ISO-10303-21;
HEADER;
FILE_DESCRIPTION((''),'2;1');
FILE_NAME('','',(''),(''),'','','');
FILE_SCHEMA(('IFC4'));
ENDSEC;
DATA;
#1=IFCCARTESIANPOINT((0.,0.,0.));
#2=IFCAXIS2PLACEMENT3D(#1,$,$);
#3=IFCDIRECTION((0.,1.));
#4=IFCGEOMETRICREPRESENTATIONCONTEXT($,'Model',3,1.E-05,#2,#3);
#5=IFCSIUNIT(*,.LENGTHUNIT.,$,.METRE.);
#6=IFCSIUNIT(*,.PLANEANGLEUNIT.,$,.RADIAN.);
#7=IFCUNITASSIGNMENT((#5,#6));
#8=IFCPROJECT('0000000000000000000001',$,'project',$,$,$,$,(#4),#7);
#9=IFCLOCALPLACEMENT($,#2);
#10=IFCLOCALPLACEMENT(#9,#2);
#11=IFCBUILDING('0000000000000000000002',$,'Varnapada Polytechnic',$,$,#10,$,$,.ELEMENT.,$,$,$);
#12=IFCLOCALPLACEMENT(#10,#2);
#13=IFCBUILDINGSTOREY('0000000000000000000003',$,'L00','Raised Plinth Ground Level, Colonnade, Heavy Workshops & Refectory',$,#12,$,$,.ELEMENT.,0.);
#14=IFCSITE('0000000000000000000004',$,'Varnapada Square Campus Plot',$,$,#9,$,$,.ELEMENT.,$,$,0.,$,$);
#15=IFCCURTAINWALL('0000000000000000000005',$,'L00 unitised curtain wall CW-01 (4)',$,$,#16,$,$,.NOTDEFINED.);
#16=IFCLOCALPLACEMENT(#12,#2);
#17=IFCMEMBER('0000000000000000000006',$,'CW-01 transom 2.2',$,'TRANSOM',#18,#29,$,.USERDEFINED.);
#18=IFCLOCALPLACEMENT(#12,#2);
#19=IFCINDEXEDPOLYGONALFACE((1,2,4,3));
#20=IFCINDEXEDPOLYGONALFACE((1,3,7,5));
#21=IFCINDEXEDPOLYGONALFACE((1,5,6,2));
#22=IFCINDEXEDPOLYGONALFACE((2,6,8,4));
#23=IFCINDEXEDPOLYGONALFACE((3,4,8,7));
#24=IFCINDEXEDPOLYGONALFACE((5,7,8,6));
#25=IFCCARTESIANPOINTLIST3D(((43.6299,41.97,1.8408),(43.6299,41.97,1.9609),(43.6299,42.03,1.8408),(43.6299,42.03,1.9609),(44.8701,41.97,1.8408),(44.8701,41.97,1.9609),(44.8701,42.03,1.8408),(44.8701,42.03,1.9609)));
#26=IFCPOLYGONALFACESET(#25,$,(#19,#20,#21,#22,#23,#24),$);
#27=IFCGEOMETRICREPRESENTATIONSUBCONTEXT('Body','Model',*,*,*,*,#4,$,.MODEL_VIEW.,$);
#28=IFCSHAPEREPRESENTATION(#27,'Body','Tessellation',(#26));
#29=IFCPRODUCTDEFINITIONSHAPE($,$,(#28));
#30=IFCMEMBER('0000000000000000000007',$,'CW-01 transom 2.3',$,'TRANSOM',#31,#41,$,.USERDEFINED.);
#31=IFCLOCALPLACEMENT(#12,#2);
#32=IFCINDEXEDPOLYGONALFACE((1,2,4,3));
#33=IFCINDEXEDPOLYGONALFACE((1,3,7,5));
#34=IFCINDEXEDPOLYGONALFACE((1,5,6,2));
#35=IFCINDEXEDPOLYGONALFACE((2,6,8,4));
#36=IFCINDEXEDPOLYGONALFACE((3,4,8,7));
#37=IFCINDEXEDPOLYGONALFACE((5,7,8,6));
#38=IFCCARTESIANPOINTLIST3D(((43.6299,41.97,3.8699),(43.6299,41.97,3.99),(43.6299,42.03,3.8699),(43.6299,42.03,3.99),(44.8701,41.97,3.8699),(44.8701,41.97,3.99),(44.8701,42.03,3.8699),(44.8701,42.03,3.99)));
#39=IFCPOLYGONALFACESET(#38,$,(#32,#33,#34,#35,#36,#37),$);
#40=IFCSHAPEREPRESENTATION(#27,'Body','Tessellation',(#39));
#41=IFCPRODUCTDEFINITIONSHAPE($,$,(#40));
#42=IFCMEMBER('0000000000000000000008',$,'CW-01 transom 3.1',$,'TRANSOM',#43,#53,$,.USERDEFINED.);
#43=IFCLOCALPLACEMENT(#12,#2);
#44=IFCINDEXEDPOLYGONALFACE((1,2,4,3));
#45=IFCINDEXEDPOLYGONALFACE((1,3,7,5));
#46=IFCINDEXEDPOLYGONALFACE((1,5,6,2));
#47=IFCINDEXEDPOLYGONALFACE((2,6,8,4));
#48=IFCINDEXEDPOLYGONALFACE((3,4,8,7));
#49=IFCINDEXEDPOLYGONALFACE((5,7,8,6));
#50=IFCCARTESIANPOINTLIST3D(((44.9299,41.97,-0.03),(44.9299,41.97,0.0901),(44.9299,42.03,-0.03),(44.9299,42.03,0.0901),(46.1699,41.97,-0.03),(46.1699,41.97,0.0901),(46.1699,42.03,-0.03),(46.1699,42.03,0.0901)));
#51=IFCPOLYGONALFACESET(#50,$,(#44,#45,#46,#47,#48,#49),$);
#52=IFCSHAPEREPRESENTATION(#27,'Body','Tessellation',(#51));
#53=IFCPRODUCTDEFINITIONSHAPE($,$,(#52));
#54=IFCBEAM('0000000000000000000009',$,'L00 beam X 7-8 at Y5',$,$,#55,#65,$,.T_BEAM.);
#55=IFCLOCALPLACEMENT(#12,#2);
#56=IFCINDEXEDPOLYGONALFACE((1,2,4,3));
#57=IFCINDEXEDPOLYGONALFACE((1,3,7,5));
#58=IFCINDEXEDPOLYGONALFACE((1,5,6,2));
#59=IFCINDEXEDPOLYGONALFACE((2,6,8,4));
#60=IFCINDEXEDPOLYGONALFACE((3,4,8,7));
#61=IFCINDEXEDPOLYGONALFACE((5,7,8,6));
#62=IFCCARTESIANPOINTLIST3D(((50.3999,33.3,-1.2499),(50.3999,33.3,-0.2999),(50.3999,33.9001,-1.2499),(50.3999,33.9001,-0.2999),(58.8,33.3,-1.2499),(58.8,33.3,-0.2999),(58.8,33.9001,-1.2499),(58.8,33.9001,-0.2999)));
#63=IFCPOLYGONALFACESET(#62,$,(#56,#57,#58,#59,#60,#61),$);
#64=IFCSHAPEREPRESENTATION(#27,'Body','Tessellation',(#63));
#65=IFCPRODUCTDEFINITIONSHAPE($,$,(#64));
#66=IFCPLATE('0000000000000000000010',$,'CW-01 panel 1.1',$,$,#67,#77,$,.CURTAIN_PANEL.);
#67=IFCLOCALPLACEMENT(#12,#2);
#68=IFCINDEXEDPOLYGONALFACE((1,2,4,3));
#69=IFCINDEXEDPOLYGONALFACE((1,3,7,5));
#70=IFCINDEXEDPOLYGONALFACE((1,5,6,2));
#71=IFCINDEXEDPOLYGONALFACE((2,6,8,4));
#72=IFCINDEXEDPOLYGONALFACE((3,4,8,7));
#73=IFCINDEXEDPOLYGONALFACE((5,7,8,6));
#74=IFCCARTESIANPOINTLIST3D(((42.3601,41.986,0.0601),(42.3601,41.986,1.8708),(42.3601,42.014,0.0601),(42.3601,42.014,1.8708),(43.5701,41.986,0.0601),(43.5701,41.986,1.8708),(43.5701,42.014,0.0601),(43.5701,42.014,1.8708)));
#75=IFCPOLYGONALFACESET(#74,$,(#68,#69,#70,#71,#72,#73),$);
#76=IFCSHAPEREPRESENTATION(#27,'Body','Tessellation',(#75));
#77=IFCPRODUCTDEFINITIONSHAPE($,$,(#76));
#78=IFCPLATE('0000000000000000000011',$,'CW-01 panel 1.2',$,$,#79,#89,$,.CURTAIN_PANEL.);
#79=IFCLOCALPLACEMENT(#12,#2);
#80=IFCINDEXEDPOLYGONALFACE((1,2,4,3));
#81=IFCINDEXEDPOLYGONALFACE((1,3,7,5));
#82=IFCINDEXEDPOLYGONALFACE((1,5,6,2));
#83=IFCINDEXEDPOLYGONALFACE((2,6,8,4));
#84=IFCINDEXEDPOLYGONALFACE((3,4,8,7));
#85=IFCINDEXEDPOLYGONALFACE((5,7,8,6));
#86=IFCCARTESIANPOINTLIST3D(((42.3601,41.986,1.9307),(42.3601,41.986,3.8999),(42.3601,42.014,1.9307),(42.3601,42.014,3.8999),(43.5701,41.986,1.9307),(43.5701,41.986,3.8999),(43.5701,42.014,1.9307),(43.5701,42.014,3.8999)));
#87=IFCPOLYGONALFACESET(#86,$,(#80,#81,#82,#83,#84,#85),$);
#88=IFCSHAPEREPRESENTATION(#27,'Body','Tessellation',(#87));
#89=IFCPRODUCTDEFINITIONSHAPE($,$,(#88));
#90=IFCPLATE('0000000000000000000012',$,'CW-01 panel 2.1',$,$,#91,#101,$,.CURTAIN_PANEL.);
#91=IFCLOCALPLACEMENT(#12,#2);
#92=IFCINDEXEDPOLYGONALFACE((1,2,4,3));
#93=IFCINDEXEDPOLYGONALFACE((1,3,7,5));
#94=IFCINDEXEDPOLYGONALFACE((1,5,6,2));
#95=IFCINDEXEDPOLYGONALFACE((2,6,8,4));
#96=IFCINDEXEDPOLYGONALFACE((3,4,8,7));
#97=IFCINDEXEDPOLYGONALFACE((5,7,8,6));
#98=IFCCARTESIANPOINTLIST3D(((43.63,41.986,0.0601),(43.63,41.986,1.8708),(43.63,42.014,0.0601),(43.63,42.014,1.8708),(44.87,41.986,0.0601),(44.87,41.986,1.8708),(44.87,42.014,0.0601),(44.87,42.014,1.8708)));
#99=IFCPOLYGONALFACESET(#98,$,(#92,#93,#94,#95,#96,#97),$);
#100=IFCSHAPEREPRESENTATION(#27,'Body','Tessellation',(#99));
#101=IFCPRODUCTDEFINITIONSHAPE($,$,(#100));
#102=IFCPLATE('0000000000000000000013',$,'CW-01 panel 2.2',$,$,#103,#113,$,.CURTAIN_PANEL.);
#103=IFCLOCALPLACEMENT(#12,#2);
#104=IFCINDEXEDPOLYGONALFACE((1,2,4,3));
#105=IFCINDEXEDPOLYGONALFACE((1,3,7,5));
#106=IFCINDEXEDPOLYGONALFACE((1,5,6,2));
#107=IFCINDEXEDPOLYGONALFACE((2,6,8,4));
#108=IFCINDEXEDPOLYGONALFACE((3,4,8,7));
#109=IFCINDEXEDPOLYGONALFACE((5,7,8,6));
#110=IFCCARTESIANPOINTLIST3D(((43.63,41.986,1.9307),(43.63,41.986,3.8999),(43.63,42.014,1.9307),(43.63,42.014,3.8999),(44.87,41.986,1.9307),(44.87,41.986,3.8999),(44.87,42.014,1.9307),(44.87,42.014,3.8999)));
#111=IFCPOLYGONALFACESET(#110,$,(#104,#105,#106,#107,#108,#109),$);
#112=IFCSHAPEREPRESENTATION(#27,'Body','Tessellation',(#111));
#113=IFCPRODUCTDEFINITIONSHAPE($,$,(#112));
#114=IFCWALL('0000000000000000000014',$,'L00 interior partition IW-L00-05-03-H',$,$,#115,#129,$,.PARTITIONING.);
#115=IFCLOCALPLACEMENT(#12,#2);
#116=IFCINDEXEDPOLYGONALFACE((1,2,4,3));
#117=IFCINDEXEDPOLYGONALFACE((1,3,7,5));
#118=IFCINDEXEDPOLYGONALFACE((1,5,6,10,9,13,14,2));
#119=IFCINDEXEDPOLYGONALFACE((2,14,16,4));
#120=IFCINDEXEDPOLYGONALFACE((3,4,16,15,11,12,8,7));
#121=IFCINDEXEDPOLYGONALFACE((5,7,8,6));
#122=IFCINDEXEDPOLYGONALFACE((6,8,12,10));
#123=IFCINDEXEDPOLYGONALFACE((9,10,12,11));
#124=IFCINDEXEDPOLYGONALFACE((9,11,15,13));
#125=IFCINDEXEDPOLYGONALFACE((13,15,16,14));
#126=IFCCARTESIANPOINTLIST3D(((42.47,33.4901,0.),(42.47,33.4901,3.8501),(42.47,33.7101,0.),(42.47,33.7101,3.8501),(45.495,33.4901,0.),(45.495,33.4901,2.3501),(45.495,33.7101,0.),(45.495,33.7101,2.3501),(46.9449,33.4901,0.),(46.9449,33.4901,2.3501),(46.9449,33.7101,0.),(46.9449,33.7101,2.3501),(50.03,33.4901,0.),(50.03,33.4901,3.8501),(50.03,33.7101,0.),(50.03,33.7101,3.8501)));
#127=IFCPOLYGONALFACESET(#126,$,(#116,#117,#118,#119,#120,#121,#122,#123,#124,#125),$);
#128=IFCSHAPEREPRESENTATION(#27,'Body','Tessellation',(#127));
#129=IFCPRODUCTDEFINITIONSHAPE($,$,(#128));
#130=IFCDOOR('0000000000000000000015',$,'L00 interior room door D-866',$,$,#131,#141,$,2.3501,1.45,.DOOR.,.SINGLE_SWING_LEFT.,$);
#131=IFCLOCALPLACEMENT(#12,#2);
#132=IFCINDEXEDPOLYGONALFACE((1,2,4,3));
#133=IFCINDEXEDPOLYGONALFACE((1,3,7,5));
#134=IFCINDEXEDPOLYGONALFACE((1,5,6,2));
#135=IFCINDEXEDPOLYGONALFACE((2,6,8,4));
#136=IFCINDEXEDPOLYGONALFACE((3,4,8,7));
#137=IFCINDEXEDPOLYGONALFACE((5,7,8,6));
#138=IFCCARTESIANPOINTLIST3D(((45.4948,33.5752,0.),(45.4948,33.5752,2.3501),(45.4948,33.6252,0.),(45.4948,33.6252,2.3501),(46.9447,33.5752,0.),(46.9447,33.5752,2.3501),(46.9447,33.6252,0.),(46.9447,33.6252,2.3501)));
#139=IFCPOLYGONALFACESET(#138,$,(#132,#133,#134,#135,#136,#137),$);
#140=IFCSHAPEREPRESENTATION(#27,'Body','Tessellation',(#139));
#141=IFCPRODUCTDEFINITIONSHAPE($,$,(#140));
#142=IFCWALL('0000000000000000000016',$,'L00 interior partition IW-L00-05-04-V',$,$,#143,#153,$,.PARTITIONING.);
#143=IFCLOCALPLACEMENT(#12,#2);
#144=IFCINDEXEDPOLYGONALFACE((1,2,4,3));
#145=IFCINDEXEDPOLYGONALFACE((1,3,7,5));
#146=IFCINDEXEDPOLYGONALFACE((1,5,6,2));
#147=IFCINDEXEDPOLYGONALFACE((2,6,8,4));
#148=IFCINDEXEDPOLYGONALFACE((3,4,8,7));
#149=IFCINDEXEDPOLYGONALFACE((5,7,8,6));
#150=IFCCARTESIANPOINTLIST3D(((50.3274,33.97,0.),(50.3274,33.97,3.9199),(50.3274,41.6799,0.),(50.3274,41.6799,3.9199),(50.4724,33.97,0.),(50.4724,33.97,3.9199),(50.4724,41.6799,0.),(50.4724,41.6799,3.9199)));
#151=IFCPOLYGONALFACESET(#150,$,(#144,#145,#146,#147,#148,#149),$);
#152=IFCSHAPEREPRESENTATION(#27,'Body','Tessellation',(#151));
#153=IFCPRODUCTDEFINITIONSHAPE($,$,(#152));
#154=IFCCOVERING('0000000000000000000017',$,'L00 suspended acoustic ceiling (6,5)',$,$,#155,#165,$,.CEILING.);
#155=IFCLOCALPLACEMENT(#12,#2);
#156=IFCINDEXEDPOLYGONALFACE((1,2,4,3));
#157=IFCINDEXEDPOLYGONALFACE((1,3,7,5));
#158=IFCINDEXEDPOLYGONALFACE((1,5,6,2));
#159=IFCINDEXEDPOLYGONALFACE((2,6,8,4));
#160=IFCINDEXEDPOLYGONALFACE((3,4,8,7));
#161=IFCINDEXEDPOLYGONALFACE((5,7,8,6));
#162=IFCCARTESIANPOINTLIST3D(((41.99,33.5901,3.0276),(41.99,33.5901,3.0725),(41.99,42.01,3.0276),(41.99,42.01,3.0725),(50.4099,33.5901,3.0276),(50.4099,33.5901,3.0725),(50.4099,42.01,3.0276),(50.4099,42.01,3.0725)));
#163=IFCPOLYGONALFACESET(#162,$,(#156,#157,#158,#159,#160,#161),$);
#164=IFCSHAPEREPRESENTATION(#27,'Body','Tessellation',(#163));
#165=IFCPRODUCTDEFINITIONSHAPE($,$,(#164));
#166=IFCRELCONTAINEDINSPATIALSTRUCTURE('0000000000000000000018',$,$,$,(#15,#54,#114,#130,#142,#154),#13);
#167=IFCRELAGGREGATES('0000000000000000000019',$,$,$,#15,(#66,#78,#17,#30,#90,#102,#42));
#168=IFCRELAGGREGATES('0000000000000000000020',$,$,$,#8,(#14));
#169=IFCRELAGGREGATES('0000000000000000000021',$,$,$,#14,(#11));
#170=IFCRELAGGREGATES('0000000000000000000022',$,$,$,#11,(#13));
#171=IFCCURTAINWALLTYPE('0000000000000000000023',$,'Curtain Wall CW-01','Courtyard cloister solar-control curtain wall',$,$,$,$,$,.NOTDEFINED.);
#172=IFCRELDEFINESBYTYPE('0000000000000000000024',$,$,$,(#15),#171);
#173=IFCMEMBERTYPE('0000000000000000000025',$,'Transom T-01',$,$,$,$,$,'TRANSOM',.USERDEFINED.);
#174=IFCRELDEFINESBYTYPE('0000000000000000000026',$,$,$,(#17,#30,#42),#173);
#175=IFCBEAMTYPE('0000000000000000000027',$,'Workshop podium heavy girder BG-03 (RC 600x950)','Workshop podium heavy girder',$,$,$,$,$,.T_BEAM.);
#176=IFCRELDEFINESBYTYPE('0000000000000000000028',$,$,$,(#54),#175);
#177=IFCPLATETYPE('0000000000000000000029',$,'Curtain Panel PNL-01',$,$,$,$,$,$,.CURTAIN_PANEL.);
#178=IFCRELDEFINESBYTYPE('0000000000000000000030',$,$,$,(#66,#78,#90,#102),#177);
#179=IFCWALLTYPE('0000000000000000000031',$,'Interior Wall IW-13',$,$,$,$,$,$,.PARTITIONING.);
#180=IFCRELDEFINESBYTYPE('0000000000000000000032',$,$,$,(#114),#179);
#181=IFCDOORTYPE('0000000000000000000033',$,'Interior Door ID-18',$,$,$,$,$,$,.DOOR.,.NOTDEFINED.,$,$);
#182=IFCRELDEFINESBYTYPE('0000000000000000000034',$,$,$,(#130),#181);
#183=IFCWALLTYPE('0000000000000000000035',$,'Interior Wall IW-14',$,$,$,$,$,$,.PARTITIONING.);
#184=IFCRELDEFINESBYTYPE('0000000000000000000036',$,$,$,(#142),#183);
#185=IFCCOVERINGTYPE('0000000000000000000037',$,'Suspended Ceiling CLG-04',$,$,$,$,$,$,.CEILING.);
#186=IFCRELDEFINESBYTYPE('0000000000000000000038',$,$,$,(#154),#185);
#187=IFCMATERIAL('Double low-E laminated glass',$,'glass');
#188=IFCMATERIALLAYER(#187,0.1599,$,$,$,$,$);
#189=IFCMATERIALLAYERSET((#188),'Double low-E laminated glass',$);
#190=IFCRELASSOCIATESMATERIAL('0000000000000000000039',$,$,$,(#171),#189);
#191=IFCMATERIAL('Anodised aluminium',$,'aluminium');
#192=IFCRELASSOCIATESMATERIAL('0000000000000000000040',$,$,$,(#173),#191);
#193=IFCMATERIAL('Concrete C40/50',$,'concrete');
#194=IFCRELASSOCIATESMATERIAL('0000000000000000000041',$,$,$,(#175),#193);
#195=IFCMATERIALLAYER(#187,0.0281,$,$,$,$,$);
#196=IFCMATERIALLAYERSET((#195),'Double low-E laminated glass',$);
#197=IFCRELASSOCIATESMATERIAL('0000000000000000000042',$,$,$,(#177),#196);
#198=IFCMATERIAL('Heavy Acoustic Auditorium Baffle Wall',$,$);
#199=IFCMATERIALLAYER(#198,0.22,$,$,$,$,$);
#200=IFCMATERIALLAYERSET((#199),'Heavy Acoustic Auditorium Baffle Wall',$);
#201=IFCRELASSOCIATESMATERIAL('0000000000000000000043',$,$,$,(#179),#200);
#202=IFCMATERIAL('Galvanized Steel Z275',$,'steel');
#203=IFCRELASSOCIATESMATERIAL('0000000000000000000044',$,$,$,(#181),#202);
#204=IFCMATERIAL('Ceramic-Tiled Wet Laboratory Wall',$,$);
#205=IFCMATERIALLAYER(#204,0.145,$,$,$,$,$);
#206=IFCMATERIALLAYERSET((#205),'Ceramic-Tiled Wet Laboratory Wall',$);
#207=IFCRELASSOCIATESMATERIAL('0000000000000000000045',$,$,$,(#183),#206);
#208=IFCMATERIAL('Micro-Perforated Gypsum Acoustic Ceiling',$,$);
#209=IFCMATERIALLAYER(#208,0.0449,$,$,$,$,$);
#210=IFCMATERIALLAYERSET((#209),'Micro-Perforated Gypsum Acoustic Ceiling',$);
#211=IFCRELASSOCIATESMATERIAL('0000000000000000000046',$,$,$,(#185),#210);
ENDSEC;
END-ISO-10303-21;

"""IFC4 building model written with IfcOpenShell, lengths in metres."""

from ifc_helpers import new_model, si_unit, direction, frame, frame_2d, origin, origin_2d, place, context, subcontext, project, spatial, rectangle, extrude, material, layer, layer_set, material_profile, profile_set, type_object, element, fill, aggregate, save


model = new_model("IFC4")

# Units and contexts
model_context = context("Model", 3, precision=1e-05, world=origin(), true_north=direction((0.0, 1.0)))
body_context = subcontext(model_context, "Body", "Model", "MODEL_VIEW")
ifc_project = project(units=[si_unit("LENGTHUNIT", "METRE"), si_unit("PLANEANGLEUNIT", "RADIAN")], contexts=[model_context])

# Site, building, storey
site_placement = place(None, origin())
site = spatial("IfcSite", under=ifc_project, at=site_placement, Name="Varnapada Square Campus Plot", CompositionType="ELEMENT", RefElevation=0.0)
building_placement = place(site_placement, origin())
building = spatial("IfcBuilding", under=site, at=building_placement, Name="Varnapada Polytechnic", CompositionType="ELEMENT")
storey_placement = place(building_placement, origin())
storey = spatial("IfcBuildingStorey", under=building, at=storey_placement, Name="L00", Description="Raised Plinth Ground Level, Colonnade, Heavy Workshops & Refectory", CompositionType="ELEMENT", Elevation=0.0)

# Shared definitions
ifc_material_1 = material(Name="Concrete C40/50", Category="concrete")

# Curtain wall
ifc_material_2 = material(Name="Double low-E laminated glass", Category="glass")
ifc_layer_1 = layer(ifc_material_2, 0.1599)
ifc_layer_set_1 = layer_set([ifc_layer_1], Name="Double low-E laminated glass")
curtain_wall_type = type_object("IfcCurtainWallType", Name="Curtain Wall CW-01", Description="Courtyard cloister solar-control curtain wall", PredefinedType="NOTDEFINED", material=ifc_layer_set_1)
curtain_wall_placement = place(storey_placement, origin())
curtain_wall = element("IfcCurtainWall", 1, at=curtain_wall_placement, inside=storey, type_object=curtain_wall_type, Name="L00 unitised curtain wall CW-01 (4)", PredefinedType="NOTDEFINED")
ifc_material_3 = material(Name="Anodised aluminium", Category="aluminium")

# Members
ifc_material_profile_1 = material_profile(ifc_material_3, rectangle(XDim=0.0601, YDim=0.1201, at=origin_2d()), Name="ALU T60x120")
ifc_profile_set_1 = profile_set([ifc_material_profile_1], Name="Anodised aluminium")
member_type_1 = type_object("IfcMemberType", Name="Transom T-01", ElementType="TRANSOM", PredefinedType="USERDEFINED", material=ifc_profile_set_1)
member_1_placement = place(storey_placement, frame((43.6299, 42.0, 1.9009), z_axis=(1.0, 0.0, 0.0), x_axis=(0.0, 1.0, 0.0)))
member_1 = element("IfcMember", 2, at=member_1_placement, type_object=member_type_1, Name="CW-01 transom 2.2", ObjectType="TRANSOM", PredefinedType="USERDEFINED", context=body_context, shape_type="SweptSolid", body=[
    extrude(rectangle(XDim=0.0601, YDim=0.1201, at=origin_2d()), origin(), (0.0, 0.0, 1.0), 1.2402),
])
member_2_placement = place(storey_placement, frame((43.6299, 42.0, 3.9299), z_axis=(1.0, 0.0, 0.0), x_axis=(0.0, 1.0, 0.0)))
member_2 = element("IfcMember", 3, at=member_2_placement, type_object=member_type_1, Name="CW-01 transom 2.3", ObjectType="TRANSOM", PredefinedType="USERDEFINED", context=body_context, shape_type="SweptSolid", body=[
    extrude(rectangle(XDim=0.0601, YDim=0.1201, at=origin_2d()), origin(), (0.0, 0.0, 1.0), 1.2402),
])
member_3_placement = place(storey_placement, frame((44.9299, 42.0, 0.03), z_axis=(1.0, 0.0, 0.0), x_axis=(0.0, 1.0, 0.0)))
member_3 = element("IfcMember", 4, at=member_3_placement, type_object=member_type_1, Name="CW-01 transom 3.1", ObjectType="TRANSOM", PredefinedType="USERDEFINED", context=body_context, shape_type="SweptSolid", body=[
    extrude(rectangle(XDim=0.0601, YDim=0.1201, at=origin_2d()), origin(), (0.0, 0.0, 1.0), 1.24),
])

# Beam
ifc_material_profile_2 = material_profile(ifc_material_1, rectangle(XDim=0.6001, YDim=0.95, at=origin_2d()), Name="RC 600x950")
ifc_profile_set_2 = profile_set([ifc_material_profile_2], Name="Concrete C40/50")
beam_type_1 = type_object("IfcBeamType", Name="Workshop podium heavy girder BG-03 (RC 600x950)", Description="Workshop podium heavy girder", PredefinedType="T_BEAM", material=ifc_profile_set_2)
beam_1_placement = place(storey_placement, frame((50.3999, 33.6001, -0.7749), z_axis=(1.0, 0.0, 0.0), x_axis=(0.0, 1.0, 0.0)))
element("IfcBeam", 5, at=beam_1_placement, inside=storey, type_object=beam_type_1, Name="L00 beam X 7-8 at Y5", PredefinedType="T_BEAM", context=body_context, shape_type="SweptSolid", body=[
    extrude(rectangle(XDim=0.6001, YDim=0.95, at=origin_2d()), origin(), (0.0, 0.0, 1.0), 8.4001),
])

# Plates
ifc_layer_2 = layer(ifc_material_2, 0.0281)
ifc_layer_set_2 = layer_set([ifc_layer_2], Name="Double low-E laminated glass")
plate_type = type_object("IfcPlateType", Name="Curtain Panel PNL-01", PredefinedType="CURTAIN_PANEL", material=ifc_layer_set_2)
plate_1_placement = place(storey_placement, frame((42.9651, 42.0, 0.0601), z_axis=(0.0, 0.0, 1.0), x_axis=(1.0, 0.0, 0.0)))
plate_1 = element("IfcPlate", 6, at=plate_1_placement, type_object=plate_type, Name="CW-01 panel 1.1", PredefinedType="CURTAIN_PANEL", context=body_context, shape_type="SweptSolid", body=[
    extrude(rectangle(XDim=1.21, YDim=0.0281, at=origin_2d()), origin(), (0.0, 0.0, 1.0), 1.8108),
])
plate_2_placement = place(storey_placement, frame((42.9651, 42.0, 1.9307), z_axis=(0.0, 0.0, 1.0), x_axis=(1.0, 0.0, 0.0)))
plate_2 = element("IfcPlate", 7, at=plate_2_placement, type_object=plate_type, Name="CW-01 panel 1.2", PredefinedType="CURTAIN_PANEL", context=body_context, shape_type="SweptSolid", body=[
    extrude(rectangle(XDim=1.21, YDim=0.0281, at=origin_2d()), origin(), (0.0, 0.0, 1.0), 1.9692),
])
plate_3_placement = place(storey_placement, frame((44.25, 42.0, 0.0601), z_axis=(0.0, 0.0, 1.0), x_axis=(1.0, 0.0, 0.0)))
plate_3 = element("IfcPlate", 8, at=plate_3_placement, type_object=plate_type, Name="CW-01 panel 2.1", PredefinedType="CURTAIN_PANEL", context=body_context, shape_type="SweptSolid", body=[
    extrude(rectangle(XDim=1.24, YDim=0.0281, at=origin_2d()), origin(), (0.0, 0.0, 1.0), 1.8108),
])
plate_4_placement = place(storey_placement, frame((44.25, 42.0, 1.9307), z_axis=(0.0, 0.0, 1.0), x_axis=(1.0, 0.0, 0.0)))
plate_4 = element("IfcPlate", 9, at=plate_4_placement, type_object=plate_type, Name="CW-01 panel 2.2", PredefinedType="CURTAIN_PANEL", context=body_context, shape_type="SweptSolid", body=[
    extrude(rectangle(XDim=1.24, YDim=0.0281, at=origin_2d()), origin(), (0.0, 0.0, 1.0), 1.9692),
])
aggregate(curtain_wall, [plate_1, plate_2, member_1, member_2, plate_3, plate_4, member_3])

# Wall, opening, door
ifc_material_4 = material(Name="Heavy Acoustic Auditorium Baffle Wall")
ifc_layer_3 = layer(ifc_material_4, 0.22)
ifc_layer_set_3 = layer_set([ifc_layer_3], Name="Heavy Acoustic Auditorium Baffle Wall")
wall_type_1 = type_object("IfcWallType", Name="Interior Wall IW-13", PredefinedType="PARTITIONING", material=ifc_layer_set_3)
wall_1_placement = place(storey_placement, frame((42.47, 33.6001, 0.0), z_axis=(0.0, 0.0, 1.0), x_axis=(1.0, 0.0, 0.0)))
wall_1 = element("IfcWall", 10, at=wall_1_placement, inside=storey, type_object=wall_type_1, Name="L00 interior partition IW-L00-05-03-H", PredefinedType="PARTITIONING", context=body_context, shape_type="SweptSolid", body=[
    extrude(rectangle(XDim=7.5601, YDim=0.22, at=frame_2d((3.78, 0.0))), origin(), (0.0, 0.0, 1.0), 3.8501),
])
opening_placement = place(wall_1_placement, frame((3.0249, 0.0, 0.0)))
opening = element("IfcOpeningElement", 11, at=opening_placement, cuts=wall_1, PredefinedType="OPENING", context=body_context, shape_type="SweptSolid", body=[
    extrude(rectangle(XDim=1.45, YDim=2.3501, at=frame_2d((0.7251, 1.175))), frame((0.0, 0.1199, 0.0), z_axis=(0.0, -1.0, 0.0), x_axis=(1.0, 0.0, 0.0)), (0.0, 0.0, 1.0), 0.24),
])
ifc_material_5 = material(Name="Galvanized Steel Z275", Category="steel")
door_type = type_object("IfcDoorType", Name="Interior Door ID-18", OperationType="NOTDEFINED", PredefinedType="DOOR", material=ifc_material_5)
door_placement = place(opening_placement, frame((1.45, 0.0, 0.0), z_axis=(0.0, 0.0, 1.0), x_axis=(-1.0, 0.0, 0.0)))
door = element("IfcDoor", 12, at=door_placement, inside=storey, type_object=door_type, Name="L00 interior room door D-866", OperationType="SINGLE_SWING_LEFT", OverallHeight=2.3501, OverallWidth=1.45, PredefinedType="DOOR", context=body_context, shape_type="SweptSolid", body=[
    extrude(rectangle(XDim=1.45, YDim=2.3501, at=frame_2d((0.7251, 1.175))), frame((0.0, 0.0249, 0.0), z_axis=(0.0, -1.0, 0.0), x_axis=(1.0, 0.0, 0.0)), (0.0, 0.0, 1.0), 0.05),
])
fill(opening, door)

# Wall
ifc_material_6 = material(Name="Ceramic-Tiled Wet Laboratory Wall")
ifc_layer_4 = layer(ifc_material_6, 0.145)
ifc_layer_set_4 = layer_set([ifc_layer_4], Name="Ceramic-Tiled Wet Laboratory Wall")
wall_type_2 = type_object("IfcWallType", Name="Interior Wall IW-14", PredefinedType="PARTITIONING", material=ifc_layer_set_4)
wall_2_placement = place(storey_placement, frame((50.3999, 33.97, 0.0), z_axis=(0.0, 0.0, 1.0), x_axis=(0.0, 1.0, 0.0)))
element("IfcWall", 13, at=wall_2_placement, inside=storey, type_object=wall_type_2, Name="L00 interior partition IW-L00-05-04-V", PredefinedType="PARTITIONING", context=body_context, shape_type="SweptSolid", body=[
    extrude(rectangle(XDim=7.71, YDim=0.145, at=frame_2d((3.855, 0.0))), origin(), (0.0, 0.0, 1.0), 3.9199),
])

# Covering
ifc_material_7 = material(Name="Micro-Perforated Gypsum Acoustic Ceiling")
ifc_layer_5 = layer(ifc_material_7, 0.0449)
ifc_layer_set_5 = layer_set([ifc_layer_5], Name="Micro-Perforated Gypsum Acoustic Ceiling")
covering_type = type_object("IfcCoveringType", Name="Suspended Ceiling CLG-04", PredefinedType="CEILING", material=ifc_layer_set_5)
covering_placement = place(storey_placement, frame((46.2, 37.8, 3.0276), z_axis=(0.0, 0.0, 1.0), x_axis=(1.0, 0.0, 0.0)))
element("IfcCovering", 14, at=covering_placement, inside=storey, type_object=covering_type, Name="L00 suspended acoustic ceiling (6,5)", PredefinedType="CEILING", context=body_context, shape_type="SweptSolid", body=[
    extrude(rectangle(XDim=8.4199, YDim=8.4199, at=origin_2d()), origin(), (0.0, 0.0, 1.0), 0.0449),
])

save(model, "model.ifc")
